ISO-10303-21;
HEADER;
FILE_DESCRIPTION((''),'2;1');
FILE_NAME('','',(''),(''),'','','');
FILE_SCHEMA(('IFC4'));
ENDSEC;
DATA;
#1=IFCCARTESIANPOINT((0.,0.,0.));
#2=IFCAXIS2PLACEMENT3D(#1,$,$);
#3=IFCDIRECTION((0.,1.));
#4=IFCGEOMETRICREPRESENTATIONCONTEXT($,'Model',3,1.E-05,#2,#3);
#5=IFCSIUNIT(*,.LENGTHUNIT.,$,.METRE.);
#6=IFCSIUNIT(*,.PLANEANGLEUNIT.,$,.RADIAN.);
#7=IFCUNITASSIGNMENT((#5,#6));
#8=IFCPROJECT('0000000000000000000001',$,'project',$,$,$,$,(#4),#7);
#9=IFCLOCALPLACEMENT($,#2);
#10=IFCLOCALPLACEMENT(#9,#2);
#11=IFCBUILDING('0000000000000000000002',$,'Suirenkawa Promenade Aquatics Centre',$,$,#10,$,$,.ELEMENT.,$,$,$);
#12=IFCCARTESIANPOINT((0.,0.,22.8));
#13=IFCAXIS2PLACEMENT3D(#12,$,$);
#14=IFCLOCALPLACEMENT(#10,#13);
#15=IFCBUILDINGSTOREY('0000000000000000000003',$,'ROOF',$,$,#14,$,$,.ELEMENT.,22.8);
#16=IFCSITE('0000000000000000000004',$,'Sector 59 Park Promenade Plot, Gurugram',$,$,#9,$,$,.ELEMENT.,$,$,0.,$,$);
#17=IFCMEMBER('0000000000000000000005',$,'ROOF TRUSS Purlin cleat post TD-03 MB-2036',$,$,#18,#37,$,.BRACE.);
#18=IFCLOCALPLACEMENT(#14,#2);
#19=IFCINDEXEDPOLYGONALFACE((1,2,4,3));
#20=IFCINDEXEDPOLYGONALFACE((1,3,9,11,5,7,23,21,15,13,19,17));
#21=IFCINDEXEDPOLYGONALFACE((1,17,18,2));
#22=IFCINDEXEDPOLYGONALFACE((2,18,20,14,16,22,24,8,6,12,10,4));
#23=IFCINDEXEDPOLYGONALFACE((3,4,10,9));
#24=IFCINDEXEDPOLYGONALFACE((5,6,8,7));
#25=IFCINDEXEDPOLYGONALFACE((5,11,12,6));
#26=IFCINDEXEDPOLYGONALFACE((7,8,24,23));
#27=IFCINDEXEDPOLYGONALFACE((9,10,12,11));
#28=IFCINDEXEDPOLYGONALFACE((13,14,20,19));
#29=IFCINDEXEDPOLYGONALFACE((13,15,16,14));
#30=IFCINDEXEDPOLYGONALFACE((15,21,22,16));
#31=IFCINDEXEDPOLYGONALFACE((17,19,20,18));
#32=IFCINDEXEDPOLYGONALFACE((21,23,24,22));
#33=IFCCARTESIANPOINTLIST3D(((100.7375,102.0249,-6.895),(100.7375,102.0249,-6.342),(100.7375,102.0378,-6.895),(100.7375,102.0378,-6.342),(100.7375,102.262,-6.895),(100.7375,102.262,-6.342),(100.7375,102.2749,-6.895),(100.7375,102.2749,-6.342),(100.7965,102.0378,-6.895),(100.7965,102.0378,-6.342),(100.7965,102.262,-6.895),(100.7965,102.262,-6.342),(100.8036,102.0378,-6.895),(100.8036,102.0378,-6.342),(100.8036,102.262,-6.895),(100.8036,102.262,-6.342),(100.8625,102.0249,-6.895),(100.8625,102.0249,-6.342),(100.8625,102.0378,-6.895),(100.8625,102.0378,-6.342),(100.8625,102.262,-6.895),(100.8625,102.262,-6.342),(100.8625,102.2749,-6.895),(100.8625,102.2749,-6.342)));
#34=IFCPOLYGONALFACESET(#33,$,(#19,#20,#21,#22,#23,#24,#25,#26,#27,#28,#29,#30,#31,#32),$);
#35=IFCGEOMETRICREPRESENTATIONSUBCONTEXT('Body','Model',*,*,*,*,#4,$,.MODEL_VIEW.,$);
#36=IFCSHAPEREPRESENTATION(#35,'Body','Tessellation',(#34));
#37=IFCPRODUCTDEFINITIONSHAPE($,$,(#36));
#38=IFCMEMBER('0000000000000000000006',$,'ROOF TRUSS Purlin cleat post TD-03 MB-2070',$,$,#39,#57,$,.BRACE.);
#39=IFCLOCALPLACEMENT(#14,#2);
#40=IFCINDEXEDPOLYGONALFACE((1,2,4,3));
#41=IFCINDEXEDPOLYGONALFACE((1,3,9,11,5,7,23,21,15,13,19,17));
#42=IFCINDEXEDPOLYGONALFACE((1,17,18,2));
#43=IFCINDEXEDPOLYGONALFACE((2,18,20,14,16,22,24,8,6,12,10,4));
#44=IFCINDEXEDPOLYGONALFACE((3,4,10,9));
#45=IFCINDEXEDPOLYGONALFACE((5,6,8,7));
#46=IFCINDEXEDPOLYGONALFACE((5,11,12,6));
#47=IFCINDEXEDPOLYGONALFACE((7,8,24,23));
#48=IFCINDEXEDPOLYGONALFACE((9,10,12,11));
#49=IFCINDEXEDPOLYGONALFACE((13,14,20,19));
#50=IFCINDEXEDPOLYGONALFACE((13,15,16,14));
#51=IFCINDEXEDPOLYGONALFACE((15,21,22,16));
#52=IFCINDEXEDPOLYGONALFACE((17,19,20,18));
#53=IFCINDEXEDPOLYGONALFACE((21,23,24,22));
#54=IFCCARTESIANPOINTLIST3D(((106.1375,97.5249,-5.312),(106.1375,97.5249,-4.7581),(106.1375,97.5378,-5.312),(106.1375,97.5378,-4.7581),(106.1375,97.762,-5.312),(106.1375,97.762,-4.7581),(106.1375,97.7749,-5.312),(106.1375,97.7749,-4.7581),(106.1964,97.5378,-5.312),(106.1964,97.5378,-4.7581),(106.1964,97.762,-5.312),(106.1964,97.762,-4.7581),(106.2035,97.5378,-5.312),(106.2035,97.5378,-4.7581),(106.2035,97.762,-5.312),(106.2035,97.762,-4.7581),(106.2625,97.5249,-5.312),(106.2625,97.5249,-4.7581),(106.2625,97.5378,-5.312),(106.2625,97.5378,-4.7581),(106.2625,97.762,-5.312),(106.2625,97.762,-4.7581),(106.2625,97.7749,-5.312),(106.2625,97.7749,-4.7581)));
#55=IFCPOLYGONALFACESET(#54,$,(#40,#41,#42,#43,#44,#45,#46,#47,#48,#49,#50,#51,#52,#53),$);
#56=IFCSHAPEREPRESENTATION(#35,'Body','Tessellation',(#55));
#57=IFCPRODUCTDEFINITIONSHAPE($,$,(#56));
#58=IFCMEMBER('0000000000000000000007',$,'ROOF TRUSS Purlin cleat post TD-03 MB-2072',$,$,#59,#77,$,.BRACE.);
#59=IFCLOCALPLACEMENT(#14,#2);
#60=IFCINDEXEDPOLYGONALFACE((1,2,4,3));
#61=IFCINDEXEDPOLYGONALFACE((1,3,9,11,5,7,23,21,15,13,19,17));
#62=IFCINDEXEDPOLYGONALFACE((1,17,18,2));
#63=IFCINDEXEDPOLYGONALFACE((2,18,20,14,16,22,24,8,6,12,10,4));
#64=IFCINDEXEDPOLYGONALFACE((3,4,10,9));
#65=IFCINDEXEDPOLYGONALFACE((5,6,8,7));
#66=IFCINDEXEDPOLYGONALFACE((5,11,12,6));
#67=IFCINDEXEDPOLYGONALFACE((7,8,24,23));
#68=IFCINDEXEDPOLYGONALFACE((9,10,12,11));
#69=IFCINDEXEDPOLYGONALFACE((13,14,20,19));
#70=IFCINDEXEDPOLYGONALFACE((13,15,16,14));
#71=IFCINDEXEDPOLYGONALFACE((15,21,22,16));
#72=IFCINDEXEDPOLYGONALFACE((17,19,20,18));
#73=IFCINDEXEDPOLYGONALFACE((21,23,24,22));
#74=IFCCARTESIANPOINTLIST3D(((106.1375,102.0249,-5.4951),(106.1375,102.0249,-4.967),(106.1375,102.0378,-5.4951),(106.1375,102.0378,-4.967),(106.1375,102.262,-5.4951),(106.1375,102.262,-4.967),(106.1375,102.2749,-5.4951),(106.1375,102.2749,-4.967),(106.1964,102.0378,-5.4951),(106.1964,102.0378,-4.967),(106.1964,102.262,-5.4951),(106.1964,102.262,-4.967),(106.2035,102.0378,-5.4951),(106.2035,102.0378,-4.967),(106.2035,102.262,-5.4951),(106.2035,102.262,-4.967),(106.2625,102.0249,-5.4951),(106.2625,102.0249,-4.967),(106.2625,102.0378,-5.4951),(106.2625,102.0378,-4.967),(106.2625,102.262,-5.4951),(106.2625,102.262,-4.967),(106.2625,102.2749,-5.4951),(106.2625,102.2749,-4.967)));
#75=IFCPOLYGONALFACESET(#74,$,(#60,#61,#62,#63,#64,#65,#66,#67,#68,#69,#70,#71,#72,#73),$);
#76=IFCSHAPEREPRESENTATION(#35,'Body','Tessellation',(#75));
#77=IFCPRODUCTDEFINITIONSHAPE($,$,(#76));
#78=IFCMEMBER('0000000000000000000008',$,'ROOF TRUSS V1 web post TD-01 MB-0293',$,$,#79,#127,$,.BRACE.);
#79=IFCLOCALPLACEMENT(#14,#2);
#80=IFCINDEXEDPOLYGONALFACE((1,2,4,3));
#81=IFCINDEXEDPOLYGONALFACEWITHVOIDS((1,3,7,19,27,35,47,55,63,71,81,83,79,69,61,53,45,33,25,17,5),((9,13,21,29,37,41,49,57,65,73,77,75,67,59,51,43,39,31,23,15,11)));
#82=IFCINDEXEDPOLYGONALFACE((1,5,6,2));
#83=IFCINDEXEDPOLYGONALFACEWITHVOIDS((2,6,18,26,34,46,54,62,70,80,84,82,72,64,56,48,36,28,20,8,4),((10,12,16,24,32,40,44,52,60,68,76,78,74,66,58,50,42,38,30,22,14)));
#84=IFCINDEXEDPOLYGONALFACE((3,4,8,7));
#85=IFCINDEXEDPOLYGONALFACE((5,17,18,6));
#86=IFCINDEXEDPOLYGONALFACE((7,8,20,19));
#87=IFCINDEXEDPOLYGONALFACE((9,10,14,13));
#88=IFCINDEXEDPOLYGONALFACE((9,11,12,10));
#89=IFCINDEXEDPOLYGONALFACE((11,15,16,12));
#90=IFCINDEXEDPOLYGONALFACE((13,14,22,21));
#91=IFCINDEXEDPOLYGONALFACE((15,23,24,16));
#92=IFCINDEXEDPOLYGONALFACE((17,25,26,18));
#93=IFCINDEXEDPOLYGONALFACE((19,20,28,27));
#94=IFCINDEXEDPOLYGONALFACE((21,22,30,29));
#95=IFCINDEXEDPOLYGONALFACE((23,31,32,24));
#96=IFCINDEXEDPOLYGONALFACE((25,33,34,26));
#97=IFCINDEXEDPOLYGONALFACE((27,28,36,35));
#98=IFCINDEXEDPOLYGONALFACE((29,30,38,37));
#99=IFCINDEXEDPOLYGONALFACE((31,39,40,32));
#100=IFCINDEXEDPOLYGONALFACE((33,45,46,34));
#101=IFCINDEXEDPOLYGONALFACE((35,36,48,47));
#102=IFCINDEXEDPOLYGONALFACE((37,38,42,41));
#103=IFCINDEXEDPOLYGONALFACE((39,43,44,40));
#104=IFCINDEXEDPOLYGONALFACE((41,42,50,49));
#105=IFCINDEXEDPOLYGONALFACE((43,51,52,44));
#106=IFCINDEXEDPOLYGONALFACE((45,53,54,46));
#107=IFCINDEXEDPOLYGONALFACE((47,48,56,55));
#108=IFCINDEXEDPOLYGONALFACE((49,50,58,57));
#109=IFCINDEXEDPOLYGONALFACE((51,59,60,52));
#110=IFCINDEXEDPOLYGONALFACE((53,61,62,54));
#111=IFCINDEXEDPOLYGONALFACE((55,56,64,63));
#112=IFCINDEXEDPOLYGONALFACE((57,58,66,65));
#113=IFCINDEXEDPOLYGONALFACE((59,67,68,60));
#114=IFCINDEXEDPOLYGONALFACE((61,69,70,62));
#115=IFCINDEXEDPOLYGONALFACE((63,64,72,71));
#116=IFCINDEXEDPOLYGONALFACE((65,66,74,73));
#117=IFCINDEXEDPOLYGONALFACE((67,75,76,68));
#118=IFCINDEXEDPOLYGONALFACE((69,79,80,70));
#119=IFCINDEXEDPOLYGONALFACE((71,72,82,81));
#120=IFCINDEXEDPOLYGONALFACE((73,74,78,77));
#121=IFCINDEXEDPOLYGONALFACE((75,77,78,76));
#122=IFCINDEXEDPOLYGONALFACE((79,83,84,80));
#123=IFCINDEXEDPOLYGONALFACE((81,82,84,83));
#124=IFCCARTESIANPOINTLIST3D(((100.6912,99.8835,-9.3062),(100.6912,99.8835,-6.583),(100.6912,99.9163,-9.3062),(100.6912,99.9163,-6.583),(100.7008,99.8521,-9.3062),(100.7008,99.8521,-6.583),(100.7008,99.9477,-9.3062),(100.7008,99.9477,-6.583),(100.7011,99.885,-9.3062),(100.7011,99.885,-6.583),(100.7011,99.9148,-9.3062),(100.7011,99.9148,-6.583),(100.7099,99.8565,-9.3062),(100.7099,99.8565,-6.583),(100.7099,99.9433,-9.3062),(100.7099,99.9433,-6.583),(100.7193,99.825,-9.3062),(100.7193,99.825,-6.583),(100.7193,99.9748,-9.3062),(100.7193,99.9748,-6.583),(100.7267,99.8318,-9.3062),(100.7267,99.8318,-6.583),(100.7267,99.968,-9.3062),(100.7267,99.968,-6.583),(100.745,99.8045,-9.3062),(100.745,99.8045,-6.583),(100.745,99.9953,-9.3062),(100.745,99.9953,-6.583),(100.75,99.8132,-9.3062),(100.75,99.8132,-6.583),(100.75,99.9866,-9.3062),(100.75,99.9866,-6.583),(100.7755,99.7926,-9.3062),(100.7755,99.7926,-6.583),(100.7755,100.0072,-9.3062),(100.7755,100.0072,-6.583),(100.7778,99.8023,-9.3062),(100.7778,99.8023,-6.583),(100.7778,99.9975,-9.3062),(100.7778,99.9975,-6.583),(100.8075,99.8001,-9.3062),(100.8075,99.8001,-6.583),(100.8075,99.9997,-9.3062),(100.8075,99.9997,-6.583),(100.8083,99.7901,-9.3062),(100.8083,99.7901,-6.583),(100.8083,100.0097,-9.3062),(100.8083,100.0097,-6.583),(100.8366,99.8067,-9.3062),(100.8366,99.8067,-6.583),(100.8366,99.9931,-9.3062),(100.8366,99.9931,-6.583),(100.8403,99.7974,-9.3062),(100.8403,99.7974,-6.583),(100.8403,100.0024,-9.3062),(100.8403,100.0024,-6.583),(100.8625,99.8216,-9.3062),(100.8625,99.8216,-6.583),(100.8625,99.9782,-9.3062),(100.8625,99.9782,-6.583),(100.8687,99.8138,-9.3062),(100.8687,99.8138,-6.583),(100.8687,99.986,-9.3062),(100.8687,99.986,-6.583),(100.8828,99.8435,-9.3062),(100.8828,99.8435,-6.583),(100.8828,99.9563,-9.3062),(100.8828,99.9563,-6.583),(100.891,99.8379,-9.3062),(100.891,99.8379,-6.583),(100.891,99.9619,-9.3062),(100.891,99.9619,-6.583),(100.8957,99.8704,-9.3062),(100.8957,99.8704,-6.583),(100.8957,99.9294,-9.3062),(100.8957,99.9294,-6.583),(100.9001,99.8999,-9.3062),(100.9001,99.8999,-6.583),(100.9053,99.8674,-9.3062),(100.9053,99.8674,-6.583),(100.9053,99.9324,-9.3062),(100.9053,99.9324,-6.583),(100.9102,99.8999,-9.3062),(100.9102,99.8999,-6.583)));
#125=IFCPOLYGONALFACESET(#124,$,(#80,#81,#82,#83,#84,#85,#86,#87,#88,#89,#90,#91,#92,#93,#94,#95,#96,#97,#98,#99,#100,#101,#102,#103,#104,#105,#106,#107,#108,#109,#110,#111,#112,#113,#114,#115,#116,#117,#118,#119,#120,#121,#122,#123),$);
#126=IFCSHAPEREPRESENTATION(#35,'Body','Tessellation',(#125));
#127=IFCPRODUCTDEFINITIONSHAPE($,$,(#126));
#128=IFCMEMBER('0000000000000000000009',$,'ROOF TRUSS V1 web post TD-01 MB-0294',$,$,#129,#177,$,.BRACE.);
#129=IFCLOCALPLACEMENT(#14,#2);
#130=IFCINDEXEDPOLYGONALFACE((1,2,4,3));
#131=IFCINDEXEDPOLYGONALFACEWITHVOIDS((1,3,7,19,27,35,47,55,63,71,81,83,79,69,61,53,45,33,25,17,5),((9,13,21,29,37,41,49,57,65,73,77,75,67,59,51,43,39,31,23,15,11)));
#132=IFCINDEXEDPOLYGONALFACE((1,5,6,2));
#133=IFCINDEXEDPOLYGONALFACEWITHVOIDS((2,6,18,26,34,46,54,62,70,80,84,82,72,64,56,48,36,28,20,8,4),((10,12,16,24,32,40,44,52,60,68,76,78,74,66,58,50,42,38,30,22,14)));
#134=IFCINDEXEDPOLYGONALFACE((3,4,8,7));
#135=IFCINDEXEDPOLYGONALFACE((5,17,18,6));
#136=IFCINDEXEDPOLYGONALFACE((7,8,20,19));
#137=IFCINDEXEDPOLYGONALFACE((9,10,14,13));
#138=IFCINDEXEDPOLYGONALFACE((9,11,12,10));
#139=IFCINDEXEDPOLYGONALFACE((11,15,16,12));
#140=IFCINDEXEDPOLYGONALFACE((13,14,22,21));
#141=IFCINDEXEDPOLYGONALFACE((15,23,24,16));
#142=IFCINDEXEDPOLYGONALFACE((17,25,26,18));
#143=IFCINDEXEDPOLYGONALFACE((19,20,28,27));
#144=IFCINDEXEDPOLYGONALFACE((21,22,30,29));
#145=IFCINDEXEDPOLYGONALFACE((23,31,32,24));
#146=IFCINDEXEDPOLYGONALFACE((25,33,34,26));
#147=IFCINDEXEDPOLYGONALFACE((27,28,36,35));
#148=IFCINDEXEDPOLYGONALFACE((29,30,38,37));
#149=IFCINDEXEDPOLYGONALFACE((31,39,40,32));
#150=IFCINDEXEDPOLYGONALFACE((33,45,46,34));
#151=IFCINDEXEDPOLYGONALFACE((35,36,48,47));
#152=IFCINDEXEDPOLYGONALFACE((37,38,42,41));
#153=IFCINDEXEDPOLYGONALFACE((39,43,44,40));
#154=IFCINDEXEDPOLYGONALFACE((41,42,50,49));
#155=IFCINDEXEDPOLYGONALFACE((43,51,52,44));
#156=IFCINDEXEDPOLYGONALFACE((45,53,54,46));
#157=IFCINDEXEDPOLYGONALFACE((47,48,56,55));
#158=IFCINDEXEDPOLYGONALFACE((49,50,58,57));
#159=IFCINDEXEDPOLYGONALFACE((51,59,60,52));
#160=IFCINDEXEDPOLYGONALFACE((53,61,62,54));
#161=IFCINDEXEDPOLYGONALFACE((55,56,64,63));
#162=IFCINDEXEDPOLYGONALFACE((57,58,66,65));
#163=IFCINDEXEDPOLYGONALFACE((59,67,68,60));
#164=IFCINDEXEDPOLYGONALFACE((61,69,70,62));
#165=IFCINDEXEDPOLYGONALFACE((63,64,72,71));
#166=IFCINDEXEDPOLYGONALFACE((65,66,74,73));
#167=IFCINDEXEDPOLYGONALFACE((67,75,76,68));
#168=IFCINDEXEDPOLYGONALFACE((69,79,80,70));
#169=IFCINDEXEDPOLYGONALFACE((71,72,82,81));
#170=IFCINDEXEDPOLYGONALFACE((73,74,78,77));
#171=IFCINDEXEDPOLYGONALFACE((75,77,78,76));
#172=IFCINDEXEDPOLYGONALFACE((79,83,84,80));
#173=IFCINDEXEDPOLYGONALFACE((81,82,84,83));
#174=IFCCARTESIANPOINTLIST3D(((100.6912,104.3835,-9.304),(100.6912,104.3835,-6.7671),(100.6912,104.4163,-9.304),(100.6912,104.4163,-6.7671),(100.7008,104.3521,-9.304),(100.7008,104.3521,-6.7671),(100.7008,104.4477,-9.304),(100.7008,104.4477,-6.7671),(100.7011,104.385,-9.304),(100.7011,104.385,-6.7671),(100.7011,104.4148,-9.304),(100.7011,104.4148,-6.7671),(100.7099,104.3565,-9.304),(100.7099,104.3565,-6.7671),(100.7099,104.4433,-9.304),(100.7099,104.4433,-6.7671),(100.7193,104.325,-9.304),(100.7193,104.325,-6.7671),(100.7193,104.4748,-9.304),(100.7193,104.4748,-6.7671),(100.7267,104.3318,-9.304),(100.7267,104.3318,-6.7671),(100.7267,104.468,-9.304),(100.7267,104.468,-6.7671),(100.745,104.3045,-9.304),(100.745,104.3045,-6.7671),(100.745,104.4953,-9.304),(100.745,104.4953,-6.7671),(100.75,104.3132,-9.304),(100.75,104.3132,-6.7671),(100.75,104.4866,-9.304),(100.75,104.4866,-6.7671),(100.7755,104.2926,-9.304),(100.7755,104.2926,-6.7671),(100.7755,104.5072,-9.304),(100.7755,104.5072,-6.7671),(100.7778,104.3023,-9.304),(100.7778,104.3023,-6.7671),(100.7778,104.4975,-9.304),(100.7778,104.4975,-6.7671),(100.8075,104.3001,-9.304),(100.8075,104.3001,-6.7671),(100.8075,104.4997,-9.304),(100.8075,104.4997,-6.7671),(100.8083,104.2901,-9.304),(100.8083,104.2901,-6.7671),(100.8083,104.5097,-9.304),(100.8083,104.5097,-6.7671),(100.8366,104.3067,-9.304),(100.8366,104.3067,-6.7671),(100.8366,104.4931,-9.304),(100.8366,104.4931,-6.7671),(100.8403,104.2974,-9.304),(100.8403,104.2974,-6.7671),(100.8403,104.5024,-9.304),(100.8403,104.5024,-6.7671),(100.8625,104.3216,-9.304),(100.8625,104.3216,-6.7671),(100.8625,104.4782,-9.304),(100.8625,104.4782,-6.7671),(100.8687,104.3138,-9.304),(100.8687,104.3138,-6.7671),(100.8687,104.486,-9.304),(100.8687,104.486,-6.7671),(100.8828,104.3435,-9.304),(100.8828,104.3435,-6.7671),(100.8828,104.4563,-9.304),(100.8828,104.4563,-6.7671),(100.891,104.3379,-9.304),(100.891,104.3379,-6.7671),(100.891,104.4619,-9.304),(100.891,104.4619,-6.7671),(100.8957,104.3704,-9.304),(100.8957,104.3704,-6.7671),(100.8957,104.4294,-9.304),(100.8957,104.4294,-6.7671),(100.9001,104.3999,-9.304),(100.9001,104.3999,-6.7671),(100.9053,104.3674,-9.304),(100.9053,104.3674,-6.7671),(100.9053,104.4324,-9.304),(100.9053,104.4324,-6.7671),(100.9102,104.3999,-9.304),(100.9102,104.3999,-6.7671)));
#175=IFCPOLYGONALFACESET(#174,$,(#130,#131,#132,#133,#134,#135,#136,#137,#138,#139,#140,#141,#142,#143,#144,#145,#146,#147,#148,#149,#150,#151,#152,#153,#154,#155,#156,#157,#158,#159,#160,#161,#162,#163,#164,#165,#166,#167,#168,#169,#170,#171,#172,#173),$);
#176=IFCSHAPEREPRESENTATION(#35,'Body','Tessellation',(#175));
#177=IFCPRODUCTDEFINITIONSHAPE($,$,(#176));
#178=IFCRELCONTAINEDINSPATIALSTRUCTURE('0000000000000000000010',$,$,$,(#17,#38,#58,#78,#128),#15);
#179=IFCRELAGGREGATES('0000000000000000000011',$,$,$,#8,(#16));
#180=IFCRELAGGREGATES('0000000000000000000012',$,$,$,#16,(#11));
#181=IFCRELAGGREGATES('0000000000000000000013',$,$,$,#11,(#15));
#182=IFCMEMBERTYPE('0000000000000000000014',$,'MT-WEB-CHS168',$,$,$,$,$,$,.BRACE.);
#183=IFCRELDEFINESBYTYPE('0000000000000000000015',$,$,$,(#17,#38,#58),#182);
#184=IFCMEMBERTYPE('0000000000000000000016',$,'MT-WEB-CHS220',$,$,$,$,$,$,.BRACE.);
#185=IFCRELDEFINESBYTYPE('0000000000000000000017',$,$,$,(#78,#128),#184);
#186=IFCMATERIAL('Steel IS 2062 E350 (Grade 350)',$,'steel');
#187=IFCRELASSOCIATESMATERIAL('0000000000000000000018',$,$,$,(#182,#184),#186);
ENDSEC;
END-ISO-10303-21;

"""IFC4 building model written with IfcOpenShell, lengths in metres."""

from ifc_helpers import new_model, si_unit, direction, frame, origin, origin_2d, place, context, subcontext, project, spatial, hollow_circle, i_section, extrude, material, material_profile, profile_set, type_object, element, save


model = new_model("IFC4")

# Units and contexts
model_context = context("Model", 3, precision=1e-05, world=origin(), true_north=direction((0.0, 1.0)))
body_context = subcontext(model_context, "Body", "Model", "MODEL_VIEW")
ifc_project = project(units=[si_unit("LENGTHUNIT", "METRE"), si_unit("PLANEANGLEUNIT", "RADIAN")], contexts=[model_context])

# Site, building, storey
site_placement = place(None, origin())
site = spatial("IfcSite", under=ifc_project, at=site_placement, Name="Sector 59 Park Promenade Plot, Gurugram", CompositionType="ELEMENT", RefElevation=0.0)
building_placement = place(site_placement, origin())
building = spatial("IfcBuilding", under=site, at=building_placement, Name="Suirenkawa Promenade Aquatics Centre", CompositionType="ELEMENT")
storey_placement = place(building_placement, frame((0.0, 0.0, 22.8)))
storey = spatial("IfcBuildingStorey", under=building, at=storey_placement, Name="ROOF", CompositionType="ELEMENT", Elevation=22.8)

# Shared definitions
ifc_material = material(Name="Steel IS 2062 E350 (Grade 350)", Category="steel")

# Members
ifc_material_profile_1 = material_profile(ifc_material, i_section(OverallWidth=0.125, OverallDepth=0.25, WebThickness=0.0071, FlangeThickness=0.0129, at=origin_2d()), Name="ISMB 250", Category="steel")
ifc_profile_set_1 = profile_set([ifc_material_profile_1], Name="Steel IS 2062 E350 (Grade 350)")
member_type_1 = type_object("IfcMemberType", Name="MT-WEB-CHS168", PredefinedType="BRACE", material=ifc_profile_set_1)
member_1_placement = place(storey_placement, frame((100.8, 102.1499, -6.895), z_axis=(0.0, 0.0, 1.0), x_axis=(1.0, 0.0, 0.0)))
element("IfcMember", 1, at=member_1_placement, inside=storey, type_object=member_type_1, Name="ROOF TRUSS Purlin cleat post TD-03 MB-2036", PredefinedType="BRACE", context=body_context, shape_type="SweptSolid", body=[
    extrude(i_section(OverallWidth=0.125, OverallDepth=0.25, WebThickness=0.0071, FlangeThickness=0.0129, at=origin_2d()), origin(), (0.0, 0.0, 1.0), 0.553),
])
member_2_placement = place(storey_placement, frame((106.2, 97.6499, -5.312), z_axis=(0.0, 0.0, 1.0), x_axis=(1.0, 0.0, 0.0)))
element("IfcMember", 2, at=member_2_placement, inside=storey, type_object=member_type_1, Name="ROOF TRUSS Purlin cleat post TD-03 MB-2070", PredefinedType="BRACE", context=body_context, shape_type="SweptSolid", body=[
    extrude(i_section(OverallWidth=0.125, OverallDepth=0.25, WebThickness=0.0071, FlangeThickness=0.0129, at=origin_2d()), origin(), (0.0, 0.0, 1.0), 0.554),
])
member_3_placement = place(storey_placement, frame((106.2, 102.1499, -5.4951), z_axis=(0.0, 0.0, 1.0), x_axis=(1.0, 0.0, 0.0)))
element("IfcMember", 3, at=member_3_placement, inside=storey, type_object=member_type_1, Name="ROOF TRUSS Purlin cleat post TD-03 MB-2072", PredefinedType="BRACE", context=body_context, shape_type="SweptSolid", body=[
    extrude(i_section(OverallWidth=0.125, OverallDepth=0.25, WebThickness=0.0071, FlangeThickness=0.0129, at=origin_2d()), origin(), (0.0, 0.0, 1.0), 0.5281),
])
ifc_material_profile_2 = material_profile(ifc_material, hollow_circle(Radius=0.1101, WallThickness=0.01, at=origin_2d()), Name="CHS 220x10", Category="steel")
ifc_profile_set_2 = profile_set([ifc_material_profile_2], Name="Steel IS 2062 E350 (Grade 350)")
member_type_2 = type_object("IfcMemberType", Name="MT-WEB-CHS220", PredefinedType="BRACE", material=ifc_profile_set_2)
member_4_placement = place(storey_placement, frame((100.8, 99.8999, -9.3062), z_axis=(0.0, 0.0, 1.0), x_axis=(1.0, 0.0, 0.0)))
element("IfcMember", 4, at=member_4_placement, inside=storey, type_object=member_type_2, Name="ROOF TRUSS V1 web post TD-01 MB-0293", PredefinedType="BRACE", context=body_context, shape_type="SweptSolid", body=[
    extrude(hollow_circle(Radius=0.1101, WallThickness=0.01, at=origin_2d()), origin(), (0.0, 0.0, 1.0), 2.7231),
])
member_5_placement = place(storey_placement, frame((100.8, 104.3999, -9.304), z_axis=(0.0, 0.0, 1.0), x_axis=(1.0, 0.0, 0.0)))
element("IfcMember", 5, at=member_5_placement, inside=storey, type_object=member_type_2, Name="ROOF TRUSS V1 web post TD-01 MB-0294", PredefinedType="BRACE", context=body_context, shape_type="SweptSolid", body=[
    extrude(hollow_circle(Radius=0.1101, WallThickness=0.01, at=origin_2d()), origin(), (0.0, 0.0, 1.0), 2.5369),
])

save(model, "model.ifc")
